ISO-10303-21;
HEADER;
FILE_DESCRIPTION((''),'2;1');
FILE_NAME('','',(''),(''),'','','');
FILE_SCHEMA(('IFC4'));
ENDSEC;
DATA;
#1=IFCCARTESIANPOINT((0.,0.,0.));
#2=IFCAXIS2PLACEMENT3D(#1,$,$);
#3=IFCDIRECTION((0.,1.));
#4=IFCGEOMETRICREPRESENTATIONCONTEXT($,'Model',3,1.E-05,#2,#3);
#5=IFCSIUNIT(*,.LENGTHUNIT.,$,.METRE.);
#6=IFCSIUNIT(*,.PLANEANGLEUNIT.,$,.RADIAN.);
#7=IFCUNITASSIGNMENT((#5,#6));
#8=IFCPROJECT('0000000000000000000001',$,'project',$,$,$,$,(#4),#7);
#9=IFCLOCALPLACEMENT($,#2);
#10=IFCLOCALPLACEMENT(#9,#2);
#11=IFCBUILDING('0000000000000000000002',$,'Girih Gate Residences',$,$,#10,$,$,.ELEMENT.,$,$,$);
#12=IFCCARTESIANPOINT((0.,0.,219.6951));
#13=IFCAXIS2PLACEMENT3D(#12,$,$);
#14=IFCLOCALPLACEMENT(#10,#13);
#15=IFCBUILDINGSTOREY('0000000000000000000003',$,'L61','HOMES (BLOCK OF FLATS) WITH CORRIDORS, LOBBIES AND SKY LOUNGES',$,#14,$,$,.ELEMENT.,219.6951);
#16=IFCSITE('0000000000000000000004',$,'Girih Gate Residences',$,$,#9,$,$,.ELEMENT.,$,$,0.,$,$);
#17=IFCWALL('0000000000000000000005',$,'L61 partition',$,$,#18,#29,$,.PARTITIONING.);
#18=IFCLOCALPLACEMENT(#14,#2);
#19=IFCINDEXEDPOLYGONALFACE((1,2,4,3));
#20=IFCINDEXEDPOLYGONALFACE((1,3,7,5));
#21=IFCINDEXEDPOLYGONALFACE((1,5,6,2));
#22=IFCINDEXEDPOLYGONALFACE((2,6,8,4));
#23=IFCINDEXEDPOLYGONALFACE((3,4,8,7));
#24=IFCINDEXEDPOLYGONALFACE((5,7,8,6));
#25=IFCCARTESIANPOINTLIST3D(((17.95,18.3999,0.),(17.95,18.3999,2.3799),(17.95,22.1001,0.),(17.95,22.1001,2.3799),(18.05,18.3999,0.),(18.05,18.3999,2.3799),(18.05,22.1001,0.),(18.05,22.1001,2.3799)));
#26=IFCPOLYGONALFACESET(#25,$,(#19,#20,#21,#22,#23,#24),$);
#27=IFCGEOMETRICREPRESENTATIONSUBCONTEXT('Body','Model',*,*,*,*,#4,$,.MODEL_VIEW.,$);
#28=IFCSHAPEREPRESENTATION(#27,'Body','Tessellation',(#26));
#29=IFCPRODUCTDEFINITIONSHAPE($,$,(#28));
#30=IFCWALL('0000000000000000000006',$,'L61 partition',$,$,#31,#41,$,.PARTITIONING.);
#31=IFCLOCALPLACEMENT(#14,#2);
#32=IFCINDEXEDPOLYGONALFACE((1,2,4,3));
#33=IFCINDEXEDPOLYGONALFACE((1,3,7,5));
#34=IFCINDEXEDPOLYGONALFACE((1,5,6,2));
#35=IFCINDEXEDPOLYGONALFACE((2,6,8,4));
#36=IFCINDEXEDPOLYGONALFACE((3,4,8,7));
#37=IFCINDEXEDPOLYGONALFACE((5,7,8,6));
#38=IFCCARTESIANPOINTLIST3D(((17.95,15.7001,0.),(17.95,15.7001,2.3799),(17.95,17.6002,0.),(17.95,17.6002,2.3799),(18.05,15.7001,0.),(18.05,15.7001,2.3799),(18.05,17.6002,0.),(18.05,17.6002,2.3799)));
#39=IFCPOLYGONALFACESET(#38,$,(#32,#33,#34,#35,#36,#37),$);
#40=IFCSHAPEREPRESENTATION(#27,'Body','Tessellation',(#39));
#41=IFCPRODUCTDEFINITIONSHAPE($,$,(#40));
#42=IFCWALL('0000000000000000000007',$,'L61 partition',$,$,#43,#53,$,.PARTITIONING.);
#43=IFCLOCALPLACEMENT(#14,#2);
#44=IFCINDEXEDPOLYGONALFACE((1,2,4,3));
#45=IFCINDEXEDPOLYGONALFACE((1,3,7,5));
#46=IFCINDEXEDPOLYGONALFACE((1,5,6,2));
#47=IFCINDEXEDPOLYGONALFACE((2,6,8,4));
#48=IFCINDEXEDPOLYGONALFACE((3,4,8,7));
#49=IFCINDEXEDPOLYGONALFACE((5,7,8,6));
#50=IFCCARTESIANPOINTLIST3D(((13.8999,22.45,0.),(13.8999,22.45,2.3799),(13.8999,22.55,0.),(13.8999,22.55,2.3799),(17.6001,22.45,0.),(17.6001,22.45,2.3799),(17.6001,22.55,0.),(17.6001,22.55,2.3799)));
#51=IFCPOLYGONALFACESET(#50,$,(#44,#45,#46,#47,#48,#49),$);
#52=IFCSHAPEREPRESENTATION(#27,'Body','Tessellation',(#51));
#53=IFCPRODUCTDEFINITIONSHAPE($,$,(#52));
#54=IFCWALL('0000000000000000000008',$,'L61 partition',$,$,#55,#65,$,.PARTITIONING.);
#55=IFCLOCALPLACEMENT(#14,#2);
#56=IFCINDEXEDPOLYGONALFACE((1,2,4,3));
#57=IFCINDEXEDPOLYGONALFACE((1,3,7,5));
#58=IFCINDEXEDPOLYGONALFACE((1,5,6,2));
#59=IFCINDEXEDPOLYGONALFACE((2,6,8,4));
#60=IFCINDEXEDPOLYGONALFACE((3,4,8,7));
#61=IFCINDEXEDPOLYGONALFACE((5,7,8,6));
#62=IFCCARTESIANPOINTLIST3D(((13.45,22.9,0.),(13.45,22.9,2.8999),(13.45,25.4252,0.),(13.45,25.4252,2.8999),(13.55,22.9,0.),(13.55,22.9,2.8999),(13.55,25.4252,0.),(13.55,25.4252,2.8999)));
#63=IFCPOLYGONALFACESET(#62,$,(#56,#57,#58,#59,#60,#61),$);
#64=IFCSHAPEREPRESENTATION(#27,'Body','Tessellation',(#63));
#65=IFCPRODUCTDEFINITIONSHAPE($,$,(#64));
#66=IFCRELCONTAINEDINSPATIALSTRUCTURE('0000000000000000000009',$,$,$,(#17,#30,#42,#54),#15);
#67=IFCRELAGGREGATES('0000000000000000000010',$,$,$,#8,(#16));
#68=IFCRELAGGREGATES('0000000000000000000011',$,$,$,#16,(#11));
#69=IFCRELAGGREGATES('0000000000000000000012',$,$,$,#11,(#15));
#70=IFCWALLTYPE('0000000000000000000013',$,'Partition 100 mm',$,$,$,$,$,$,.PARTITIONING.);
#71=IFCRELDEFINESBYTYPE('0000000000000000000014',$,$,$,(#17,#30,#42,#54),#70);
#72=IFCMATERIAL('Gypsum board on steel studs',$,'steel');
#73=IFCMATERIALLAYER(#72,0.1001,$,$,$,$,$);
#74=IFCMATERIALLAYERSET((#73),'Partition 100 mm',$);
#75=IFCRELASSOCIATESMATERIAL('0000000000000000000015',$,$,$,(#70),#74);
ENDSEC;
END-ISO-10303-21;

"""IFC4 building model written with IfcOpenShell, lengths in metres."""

from ifc_helpers import new_model, si_unit, direction, frame, frame_2d, origin, place, context, subcontext, project, spatial, rectangle, extrude, material, layer, layer_set, type_object, element, save


model = new_model("IFC4")

# Units and contexts
model_context = context("Model", 3, precision=1e-05, world=origin(), true_north=direction((0.0, 1.0)))
body_context = subcontext(model_context, "Body", "Model", "MODEL_VIEW")
ifc_project = project(units=[si_unit("LENGTHUNIT", "METRE"), si_unit("PLANEANGLEUNIT", "RADIAN")], contexts=[model_context])

# Site, building, storey
site_placement = place(None, origin())
site = spatial("IfcSite", under=ifc_project, at=site_placement, Name="Girih Gate Residences", CompositionType="ELEMENT", RefElevation=0.0)
building_placement = place(site_placement, origin())
building = spatial("IfcBuilding", under=site, at=building_placement, Name="Girih Gate Residences", CompositionType="ELEMENT")
storey_placement = place(building_placement, frame((0.0, 0.0, 219.6951)))
storey = spatial("IfcBuildingStorey", under=building, at=storey_placement, Name="L61", Description="HOMES (BLOCK OF FLATS) WITH CORRIDORS, LOBBIES AND SKY LOUNGES", CompositionType="ELEMENT", Elevation=219.6951)

# Shared definitions
ifc_material_1 = material(Name="Gypsum board on steel studs", Category="steel")

# Walls
ifc_layer_1 = layer(ifc_material_1, 0.1001)
ifc_layer_set_1 = layer_set([ifc_layer_1], Name="Partition 100 mm")
wall_type_1 = type_object("IfcWallType", Name="Partition 100 mm", PredefinedType="PARTITIONING", material=ifc_layer_set_1)
wall_1_placement = place(storey_placement, frame((18.0, 18.3999, 0.0), z_axis=(0.0, 0.0, 1.0), x_axis=(0.0, 1.0, 0.0)))
element("IfcWall", 1, at=wall_1_placement, inside=storey, type_object=wall_type_1, Name="L61 partition", PredefinedType="PARTITIONING", context=body_context, shape_type="SweptSolid", body=[
    extrude(rectangle(XDim=3.7002, YDim=0.1001, at=frame_2d((1.8501, 0.0))), origin(), (0.0, 0.0, 1.0), 2.3799),
])
wall_2_placement = place(storey_placement, frame((18.0, 15.7, 0.0), z_axis=(0.0, 0.0, 1.0), x_axis=(0.0, 1.0, 0.0)))
element("IfcWall", 2, at=wall_2_placement, inside=storey, type_object=wall_type_1, Name="L61 partition", PredefinedType="PARTITIONING", context=body_context, shape_type="SweptSolid", body=[
    extrude(rectangle(XDim=1.9001, YDim=0.1001, at=frame_2d((0.9502, 0.0))), origin(), (0.0, 0.0, 1.0), 2.3799),
])
wall_3_placement = place(storey_placement, frame((13.8999, 22.5, 0.0), z_axis=(0.0, 0.0, 1.0), x_axis=(1.0, 0.0, 0.0)))
element("IfcWall", 3, at=wall_3_placement, inside=storey, type_object=wall_type_1, Name="L61 partition", PredefinedType="PARTITIONING", context=body_context, shape_type="SweptSolid", body=[
    extrude(rectangle(XDim=3.7002, YDim=0.1001, at=frame_2d((1.8501, 0.0))), origin(), (0.0, 0.0, 1.0), 2.3799),
])
wall_4_placement = place(storey_placement, frame((13.5, 22.8999, 0.0), z_axis=(0.0, 0.0, 1.0), x_axis=(0.0, 1.0, 0.0)))
element("IfcWall", 4, at=wall_4_placement, inside=storey, type_object=wall_type_1, Name="L61 partition", PredefinedType="PARTITIONING", context=body_context, shape_type="SweptSolid", body=[
    extrude(rectangle(XDim=2.5251, YDim=0.1001, at=frame_2d((1.2627, 0.0))), origin(), (0.0, 0.0, 1.0), 2.8999),
])

save(model, "model.ifc")
